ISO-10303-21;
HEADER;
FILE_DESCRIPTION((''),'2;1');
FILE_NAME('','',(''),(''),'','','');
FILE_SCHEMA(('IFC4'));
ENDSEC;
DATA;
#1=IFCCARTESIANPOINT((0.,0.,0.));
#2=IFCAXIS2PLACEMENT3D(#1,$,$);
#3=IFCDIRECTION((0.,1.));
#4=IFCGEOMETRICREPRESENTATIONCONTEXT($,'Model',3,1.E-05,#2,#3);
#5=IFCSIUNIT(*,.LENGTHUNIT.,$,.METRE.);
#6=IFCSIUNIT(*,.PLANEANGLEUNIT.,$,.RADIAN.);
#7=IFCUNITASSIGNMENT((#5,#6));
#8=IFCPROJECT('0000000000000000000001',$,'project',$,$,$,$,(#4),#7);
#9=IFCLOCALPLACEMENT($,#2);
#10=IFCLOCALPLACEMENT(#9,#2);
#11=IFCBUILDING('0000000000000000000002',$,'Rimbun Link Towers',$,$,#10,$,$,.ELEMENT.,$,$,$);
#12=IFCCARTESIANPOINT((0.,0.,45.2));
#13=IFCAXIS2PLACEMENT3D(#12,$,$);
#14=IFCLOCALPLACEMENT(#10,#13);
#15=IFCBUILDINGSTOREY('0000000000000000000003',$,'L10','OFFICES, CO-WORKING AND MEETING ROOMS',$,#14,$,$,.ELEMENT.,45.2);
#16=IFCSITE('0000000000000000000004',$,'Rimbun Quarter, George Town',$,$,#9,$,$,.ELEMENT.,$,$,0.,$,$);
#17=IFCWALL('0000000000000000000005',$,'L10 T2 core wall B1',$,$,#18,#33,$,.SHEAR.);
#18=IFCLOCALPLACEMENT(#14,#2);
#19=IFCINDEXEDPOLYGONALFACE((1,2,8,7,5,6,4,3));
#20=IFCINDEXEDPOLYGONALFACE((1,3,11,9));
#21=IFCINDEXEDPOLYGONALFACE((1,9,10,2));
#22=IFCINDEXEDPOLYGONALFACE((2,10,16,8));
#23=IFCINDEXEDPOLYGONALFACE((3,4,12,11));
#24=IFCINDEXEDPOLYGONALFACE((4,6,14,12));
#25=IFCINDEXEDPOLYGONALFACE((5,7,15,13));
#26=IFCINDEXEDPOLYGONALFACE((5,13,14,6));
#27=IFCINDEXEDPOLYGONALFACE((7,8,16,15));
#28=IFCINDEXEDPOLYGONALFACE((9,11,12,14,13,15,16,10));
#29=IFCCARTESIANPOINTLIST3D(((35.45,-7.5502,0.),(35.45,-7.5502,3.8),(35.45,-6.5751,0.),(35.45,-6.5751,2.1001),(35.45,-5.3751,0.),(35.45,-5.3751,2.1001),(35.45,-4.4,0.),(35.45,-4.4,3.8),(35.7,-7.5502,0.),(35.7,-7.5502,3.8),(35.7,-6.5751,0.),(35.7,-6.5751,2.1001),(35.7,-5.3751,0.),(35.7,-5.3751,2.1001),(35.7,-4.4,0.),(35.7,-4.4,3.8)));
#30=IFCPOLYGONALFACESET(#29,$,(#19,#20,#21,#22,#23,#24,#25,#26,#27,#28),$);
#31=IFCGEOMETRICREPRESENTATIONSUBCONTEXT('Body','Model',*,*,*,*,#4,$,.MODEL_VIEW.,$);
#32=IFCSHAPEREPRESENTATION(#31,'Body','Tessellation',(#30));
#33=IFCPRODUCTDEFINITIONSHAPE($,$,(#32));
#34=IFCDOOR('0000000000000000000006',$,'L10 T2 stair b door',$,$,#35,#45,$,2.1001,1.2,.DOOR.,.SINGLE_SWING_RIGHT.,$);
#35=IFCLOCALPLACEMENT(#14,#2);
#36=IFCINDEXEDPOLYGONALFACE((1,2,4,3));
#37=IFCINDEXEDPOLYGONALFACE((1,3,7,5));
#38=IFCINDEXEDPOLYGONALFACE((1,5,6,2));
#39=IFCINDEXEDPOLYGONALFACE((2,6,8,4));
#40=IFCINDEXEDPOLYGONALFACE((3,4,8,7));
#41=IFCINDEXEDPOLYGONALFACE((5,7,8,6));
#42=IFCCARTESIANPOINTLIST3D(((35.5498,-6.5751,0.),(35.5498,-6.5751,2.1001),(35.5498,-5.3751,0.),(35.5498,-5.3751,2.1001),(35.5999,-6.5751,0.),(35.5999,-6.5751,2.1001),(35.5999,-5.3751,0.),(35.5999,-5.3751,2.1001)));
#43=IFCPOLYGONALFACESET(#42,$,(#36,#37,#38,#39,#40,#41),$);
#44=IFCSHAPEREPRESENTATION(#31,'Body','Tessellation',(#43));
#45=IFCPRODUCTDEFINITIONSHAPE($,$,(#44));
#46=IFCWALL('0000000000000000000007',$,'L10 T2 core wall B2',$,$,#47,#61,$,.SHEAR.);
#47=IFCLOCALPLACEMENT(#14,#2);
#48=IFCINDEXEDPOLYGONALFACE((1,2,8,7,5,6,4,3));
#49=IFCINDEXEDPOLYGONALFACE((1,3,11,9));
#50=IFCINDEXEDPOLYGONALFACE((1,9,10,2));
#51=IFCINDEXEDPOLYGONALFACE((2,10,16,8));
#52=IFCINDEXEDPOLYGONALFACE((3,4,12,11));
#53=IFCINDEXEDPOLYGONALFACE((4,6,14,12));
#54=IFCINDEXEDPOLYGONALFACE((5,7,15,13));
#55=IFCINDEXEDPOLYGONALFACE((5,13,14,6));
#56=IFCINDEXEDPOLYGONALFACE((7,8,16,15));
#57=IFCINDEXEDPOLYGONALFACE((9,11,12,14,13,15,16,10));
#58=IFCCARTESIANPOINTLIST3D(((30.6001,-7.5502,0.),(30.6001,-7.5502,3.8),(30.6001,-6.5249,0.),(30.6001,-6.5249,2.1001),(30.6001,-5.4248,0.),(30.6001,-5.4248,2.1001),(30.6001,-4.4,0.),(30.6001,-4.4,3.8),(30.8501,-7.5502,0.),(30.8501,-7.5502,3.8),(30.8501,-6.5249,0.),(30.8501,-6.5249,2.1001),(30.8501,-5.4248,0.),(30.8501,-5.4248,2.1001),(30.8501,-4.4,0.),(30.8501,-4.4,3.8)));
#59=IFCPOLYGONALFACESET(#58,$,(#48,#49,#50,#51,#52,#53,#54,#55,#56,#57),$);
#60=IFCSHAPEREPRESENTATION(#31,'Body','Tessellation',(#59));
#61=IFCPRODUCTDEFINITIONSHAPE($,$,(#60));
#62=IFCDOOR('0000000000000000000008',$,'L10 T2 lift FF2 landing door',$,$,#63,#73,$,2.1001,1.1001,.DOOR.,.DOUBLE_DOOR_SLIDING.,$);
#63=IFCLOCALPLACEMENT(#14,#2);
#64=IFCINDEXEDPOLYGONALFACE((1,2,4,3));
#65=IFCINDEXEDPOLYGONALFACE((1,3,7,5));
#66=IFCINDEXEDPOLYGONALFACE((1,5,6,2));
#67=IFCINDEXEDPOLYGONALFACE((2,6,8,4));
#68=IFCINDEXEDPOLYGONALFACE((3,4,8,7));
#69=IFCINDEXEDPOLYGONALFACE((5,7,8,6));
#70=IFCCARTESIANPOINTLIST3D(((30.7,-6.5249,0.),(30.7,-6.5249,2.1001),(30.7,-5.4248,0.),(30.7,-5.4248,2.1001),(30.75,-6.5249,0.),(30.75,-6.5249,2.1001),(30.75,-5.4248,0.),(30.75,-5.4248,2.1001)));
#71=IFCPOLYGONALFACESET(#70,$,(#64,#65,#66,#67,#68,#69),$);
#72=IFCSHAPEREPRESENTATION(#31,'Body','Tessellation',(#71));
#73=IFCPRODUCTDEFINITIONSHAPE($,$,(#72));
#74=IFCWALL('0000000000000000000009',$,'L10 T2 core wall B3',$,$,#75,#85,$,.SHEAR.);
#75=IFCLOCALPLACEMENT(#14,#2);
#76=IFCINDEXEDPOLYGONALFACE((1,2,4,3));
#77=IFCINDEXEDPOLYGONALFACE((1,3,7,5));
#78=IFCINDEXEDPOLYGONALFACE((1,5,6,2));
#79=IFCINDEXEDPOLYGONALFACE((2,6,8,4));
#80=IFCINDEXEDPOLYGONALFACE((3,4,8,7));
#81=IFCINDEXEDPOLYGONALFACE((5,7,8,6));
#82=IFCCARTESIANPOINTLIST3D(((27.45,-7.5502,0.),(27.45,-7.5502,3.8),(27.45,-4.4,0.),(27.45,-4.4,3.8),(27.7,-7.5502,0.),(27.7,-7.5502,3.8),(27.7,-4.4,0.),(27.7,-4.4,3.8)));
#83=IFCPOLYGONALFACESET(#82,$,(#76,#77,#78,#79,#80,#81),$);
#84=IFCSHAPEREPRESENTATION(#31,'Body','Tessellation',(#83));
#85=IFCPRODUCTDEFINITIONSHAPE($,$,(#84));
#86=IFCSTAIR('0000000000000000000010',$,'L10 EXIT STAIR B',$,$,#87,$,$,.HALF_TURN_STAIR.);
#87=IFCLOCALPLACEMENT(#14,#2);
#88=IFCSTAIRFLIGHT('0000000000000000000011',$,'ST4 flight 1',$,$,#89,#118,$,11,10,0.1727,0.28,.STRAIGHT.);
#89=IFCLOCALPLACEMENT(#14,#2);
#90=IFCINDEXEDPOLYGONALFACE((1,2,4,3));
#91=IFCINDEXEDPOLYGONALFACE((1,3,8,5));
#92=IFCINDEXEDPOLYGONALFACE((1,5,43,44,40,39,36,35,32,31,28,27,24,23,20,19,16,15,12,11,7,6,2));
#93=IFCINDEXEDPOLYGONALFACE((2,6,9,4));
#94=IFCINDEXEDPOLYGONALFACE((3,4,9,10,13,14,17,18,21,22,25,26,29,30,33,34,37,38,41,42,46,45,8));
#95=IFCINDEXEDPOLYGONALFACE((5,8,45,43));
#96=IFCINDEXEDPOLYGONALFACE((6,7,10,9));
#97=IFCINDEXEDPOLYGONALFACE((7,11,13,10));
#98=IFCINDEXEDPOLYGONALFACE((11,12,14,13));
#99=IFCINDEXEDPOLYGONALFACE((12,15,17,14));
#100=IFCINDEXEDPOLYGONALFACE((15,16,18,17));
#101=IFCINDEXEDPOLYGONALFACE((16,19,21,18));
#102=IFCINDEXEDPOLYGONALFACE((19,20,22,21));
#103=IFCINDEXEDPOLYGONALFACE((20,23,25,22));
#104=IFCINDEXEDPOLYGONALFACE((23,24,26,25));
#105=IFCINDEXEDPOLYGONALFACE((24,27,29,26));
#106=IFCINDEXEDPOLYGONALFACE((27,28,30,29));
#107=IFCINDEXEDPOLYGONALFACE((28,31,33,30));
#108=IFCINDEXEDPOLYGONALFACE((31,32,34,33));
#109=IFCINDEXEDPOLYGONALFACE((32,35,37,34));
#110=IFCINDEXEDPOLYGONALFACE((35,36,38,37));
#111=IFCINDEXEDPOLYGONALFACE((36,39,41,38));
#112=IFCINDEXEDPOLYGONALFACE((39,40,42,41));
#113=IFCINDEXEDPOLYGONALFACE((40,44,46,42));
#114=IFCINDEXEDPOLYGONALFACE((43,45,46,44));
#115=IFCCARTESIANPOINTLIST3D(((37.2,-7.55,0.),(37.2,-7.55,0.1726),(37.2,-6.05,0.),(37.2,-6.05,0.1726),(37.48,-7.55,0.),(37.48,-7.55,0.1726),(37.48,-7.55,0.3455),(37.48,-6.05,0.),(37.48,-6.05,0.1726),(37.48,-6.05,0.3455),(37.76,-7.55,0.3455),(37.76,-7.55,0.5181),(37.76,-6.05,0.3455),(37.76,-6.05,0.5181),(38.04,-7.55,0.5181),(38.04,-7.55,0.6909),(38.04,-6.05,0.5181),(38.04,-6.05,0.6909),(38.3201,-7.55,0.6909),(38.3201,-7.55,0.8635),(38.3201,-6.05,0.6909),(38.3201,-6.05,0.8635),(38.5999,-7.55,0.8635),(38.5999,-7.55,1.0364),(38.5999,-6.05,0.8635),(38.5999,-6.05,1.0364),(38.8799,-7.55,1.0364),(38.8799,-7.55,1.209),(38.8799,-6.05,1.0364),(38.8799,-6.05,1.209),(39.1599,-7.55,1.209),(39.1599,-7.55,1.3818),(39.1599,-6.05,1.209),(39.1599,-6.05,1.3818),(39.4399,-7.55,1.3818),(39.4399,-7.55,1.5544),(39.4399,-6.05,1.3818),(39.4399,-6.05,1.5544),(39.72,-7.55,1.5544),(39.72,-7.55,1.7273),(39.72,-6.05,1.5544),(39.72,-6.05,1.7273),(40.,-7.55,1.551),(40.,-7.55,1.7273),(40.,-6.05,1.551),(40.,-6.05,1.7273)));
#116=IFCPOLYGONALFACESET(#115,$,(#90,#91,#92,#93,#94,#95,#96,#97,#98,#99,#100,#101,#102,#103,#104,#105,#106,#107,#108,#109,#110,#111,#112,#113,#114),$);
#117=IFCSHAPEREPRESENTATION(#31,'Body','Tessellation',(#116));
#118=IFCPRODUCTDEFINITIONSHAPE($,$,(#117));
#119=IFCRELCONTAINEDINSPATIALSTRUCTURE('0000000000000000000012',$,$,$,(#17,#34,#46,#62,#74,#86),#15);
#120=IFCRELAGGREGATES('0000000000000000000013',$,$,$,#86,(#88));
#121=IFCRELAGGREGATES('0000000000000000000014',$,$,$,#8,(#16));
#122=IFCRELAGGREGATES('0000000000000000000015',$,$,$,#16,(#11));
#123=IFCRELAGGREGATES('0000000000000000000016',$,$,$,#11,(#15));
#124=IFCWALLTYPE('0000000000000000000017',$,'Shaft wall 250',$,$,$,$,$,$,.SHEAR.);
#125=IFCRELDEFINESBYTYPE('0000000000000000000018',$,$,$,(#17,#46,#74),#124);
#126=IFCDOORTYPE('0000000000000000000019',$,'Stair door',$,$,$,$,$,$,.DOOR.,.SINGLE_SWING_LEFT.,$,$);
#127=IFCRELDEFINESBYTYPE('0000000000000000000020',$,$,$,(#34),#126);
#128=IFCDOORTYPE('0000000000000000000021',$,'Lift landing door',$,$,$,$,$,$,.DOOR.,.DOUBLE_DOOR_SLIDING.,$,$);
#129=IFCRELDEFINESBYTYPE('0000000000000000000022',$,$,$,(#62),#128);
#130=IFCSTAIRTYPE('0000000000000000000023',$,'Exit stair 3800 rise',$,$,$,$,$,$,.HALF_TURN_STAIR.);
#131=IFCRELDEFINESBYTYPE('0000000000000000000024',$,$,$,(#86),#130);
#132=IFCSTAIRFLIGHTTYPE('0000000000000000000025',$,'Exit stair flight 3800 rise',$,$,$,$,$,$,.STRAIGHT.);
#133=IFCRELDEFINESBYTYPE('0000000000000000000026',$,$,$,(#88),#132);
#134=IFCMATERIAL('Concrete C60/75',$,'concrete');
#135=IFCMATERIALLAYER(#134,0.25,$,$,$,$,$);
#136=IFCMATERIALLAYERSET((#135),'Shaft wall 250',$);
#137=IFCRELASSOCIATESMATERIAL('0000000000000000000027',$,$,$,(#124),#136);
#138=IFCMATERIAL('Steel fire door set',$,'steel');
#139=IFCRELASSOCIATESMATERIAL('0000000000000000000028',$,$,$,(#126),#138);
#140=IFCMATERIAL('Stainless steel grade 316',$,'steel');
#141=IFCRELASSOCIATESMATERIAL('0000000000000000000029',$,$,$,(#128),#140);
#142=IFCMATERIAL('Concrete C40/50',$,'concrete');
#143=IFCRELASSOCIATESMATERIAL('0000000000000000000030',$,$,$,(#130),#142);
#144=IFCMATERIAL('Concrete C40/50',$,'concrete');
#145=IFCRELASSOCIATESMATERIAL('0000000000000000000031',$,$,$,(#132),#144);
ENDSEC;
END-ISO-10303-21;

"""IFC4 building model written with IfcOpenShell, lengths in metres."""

from ifc_helpers import new_model, si_unit, direction, frame, frame_2d, origin, place, context, subcontext, project, spatial, polyline, rectangle, outline, extrude, material, layer, layer_set, type_object, element, fill, aggregate, save


model = new_model("IFC4")

# Units and contexts
model_context = context("Model", 3, precision=1e-05, world=origin(), true_north=direction((0.0, 1.0)))
body_context = subcontext(model_context, "Body", "Model", "MODEL_VIEW")
ifc_project = project(units=[si_unit("LENGTHUNIT", "METRE"), si_unit("PLANEANGLEUNIT", "RADIAN")], contexts=[model_context])

# Site, building, storey
site_placement = place(None, origin())
site = spatial("IfcSite", under=ifc_project, at=site_placement, Name="Rimbun Quarter, George Town", CompositionType="ELEMENT", RefElevation=0.0)
building_placement = place(site_placement, origin())
building = spatial("IfcBuilding", under=site, at=building_placement, Name="Rimbun Link Towers", CompositionType="ELEMENT")
storey_placement = place(building_placement, frame((0.0, 0.0, 45.2)))
storey = spatial("IfcBuildingStorey", under=building, at=storey_placement, Name="L10", Description="OFFICES, CO-WORKING AND MEETING ROOMS", CompositionType="ELEMENT", Elevation=45.2)

# Shared definitions
ifc_material_1 = material(Name="Concrete C60/75", Category="concrete")
ifc_layer = layer(ifc_material_1, 0.25)
ifc_layer_set = layer_set([ifc_layer], Name="Shaft wall 250")
wall_type = type_object("IfcWallType", Name="Shaft wall 250", PredefinedType="SHEAR", material=ifc_layer_set)

# Walls, openings, doors
wall_1_placement = place(storey_placement, frame((35.575, -4.3999, 0.0), z_axis=(0.0, 0.0, 1.0), x_axis=(0.0, -1.0, 0.0)))
wall_1 = element("IfcWall", 1, at=wall_1_placement, inside=storey, type_object=wall_type, Name="L10 T2 core wall B1", PredefinedType="SHEAR", context=body_context, shape_type="SweptSolid", body=[
    extrude(rectangle(XDim=3.1501, YDim=0.25, at=frame_2d((1.5752, 0.0))), origin(), (0.0, 0.0, 1.0), 3.8),
])
opening_1_placement = place(wall_1_placement, frame((0.9751, 0.0, 0.0)))
opening_1 = element("IfcOpeningElement", 2, at=opening_1_placement, cuts=wall_1, PredefinedType="OPENING", context=body_context, shape_type="SweptSolid", body=[
    extrude(rectangle(XDim=1.2, YDim=2.1001, at=frame_2d((0.6001, 1.05))), frame((0.0, 0.135, 0.0), z_axis=(0.0, -1.0, 0.0), x_axis=(1.0, 0.0, 0.0)), (0.0, 0.0, 1.0), 0.27),
])
ifc_material_2 = material(Name="Steel fire door set", Category="steel")
door_type_1 = type_object("IfcDoorType", Name="Stair door", OperationType="SINGLE_SWING_LEFT", PredefinedType="DOOR", material=ifc_material_2)
door_1_placement = place(opening_1_placement, origin())
door_1 = element("IfcDoor", 3, at=door_1_placement, inside=storey, type_object=door_type_1, Name="L10 T2 stair b door", OperationType="SINGLE_SWING_RIGHT", OverallHeight=2.1001, OverallWidth=1.2, PredefinedType="DOOR", context=body_context, shape_type="SweptSolid", body=[
    extrude(rectangle(XDim=1.2, YDim=2.1001, at=frame_2d((0.6001, 1.05))), frame((0.0, 0.0249, 0.0), z_axis=(0.0, -1.0, 0.0), x_axis=(1.0, 0.0, 0.0)), (0.0, 0.0, 1.0), 0.05),
])
fill(opening_1, door_1)
wall_2_placement = place(storey_placement, frame((30.7251, -4.3999, 0.0), z_axis=(0.0, 0.0, 1.0), x_axis=(0.0, -1.0, 0.0)))
wall_2 = element("IfcWall", 4, at=wall_2_placement, inside=storey, type_object=wall_type, Name="L10 T2 core wall B2", PredefinedType="SHEAR", context=body_context, shape_type="SweptSolid", body=[
    extrude(rectangle(XDim=3.1501, YDim=0.25, at=frame_2d((1.5752, 0.0))), origin(), (0.0, 0.0, 1.0), 3.8),
])
opening_2_placement = place(wall_2_placement, frame((1.0249, 0.0, 0.0)))
opening_2 = element("IfcOpeningElement", 5, at=opening_2_placement, cuts=wall_2, PredefinedType="OPENING", context=body_context, shape_type="SweptSolid", body=[
    extrude(rectangle(XDim=1.1001, YDim=2.1001, at=frame_2d((0.55, 1.05))), frame((0.0, 0.135, 0.0), z_axis=(0.0, -1.0, 0.0), x_axis=(1.0, 0.0, 0.0)), (0.0, 0.0, 1.0), 0.27),
])
ifc_material_3 = material(Name="Stainless steel grade 316", Category="steel")
door_type_2 = type_object("IfcDoorType", Name="Lift landing door", OperationType="DOUBLE_DOOR_SLIDING", PredefinedType="DOOR", material=ifc_material_3)
door_2_placement = place(opening_2_placement, origin())
door_2 = element("IfcDoor", 6, at=door_2_placement, inside=storey, type_object=door_type_2, Name="L10 T2 lift FF2 landing door", OperationType="DOUBLE_DOOR_SLIDING", OverallHeight=2.1001, OverallWidth=1.1001, PredefinedType="DOOR", context=body_context, shape_type="SweptSolid", body=[
    extrude(rectangle(XDim=1.1001, YDim=2.1001, at=frame_2d((0.55, 1.05))), frame((0.0, 0.0249, 0.0), z_axis=(0.0, -1.0, 0.0), x_axis=(1.0, 0.0, 0.0)), (0.0, 0.0, 1.0), 0.05),
])
fill(opening_2, door_2)

# Wall
wall_3_placement = place(storey_placement, frame((27.575, -4.3999, 0.0), z_axis=(0.0, 0.0, 1.0), x_axis=(0.0, -1.0, 0.0)))
element("IfcWall", 7, at=wall_3_placement, inside=storey, type_object=wall_type, Name="L10 T2 core wall B3", PredefinedType="SHEAR", context=body_context, shape_type="SweptSolid", body=[
    extrude(rectangle(XDim=3.1501, YDim=0.25, at=frame_2d((1.5752, 0.0))), origin(), (0.0, 0.0, 1.0), 3.8),
])

# Stair, stair flight
ifc_material_4 = material(Name="Concrete C40/50", Category="concrete")
stair_type = type_object("IfcStairType", Name="Exit stair 3800 rise", PredefinedType="HALF_TURN_STAIR", material=ifc_material_4)
stair_placement = place(storey_placement, origin())
stair = element("IfcStair", 8, at=stair_placement, inside=storey, type_object=stair_type, Name="L10 EXIT STAIR B", PredefinedType="HALF_TURN_STAIR")
ifc_material_5 = material(Name="Concrete C40/50", Category="concrete")
stair_flight_type = type_object("IfcStairFlightType", Name="Exit stair flight 3800 rise", PredefinedType="STRAIGHT", material=ifc_material_5)
stair_flight_placement = place(storey_placement, frame((37.2, -6.8, 0.0), z_axis=(0.0, 0.0, 1.0), x_axis=(1.0, 0.0, 0.0)))
stair_flight = element("IfcStairFlight", 9, at=stair_flight_placement, type_object=stair_flight_type, Name="ST4 flight 1", NumberOfRisers=11, NumberOfTreads=10, PredefinedType="STRAIGHT", RiserHeight=0.1727, TreadLength=0.28, context=body_context, shape_type="SweptSolid", body=[
    extrude(outline(polyline([(0.0, 0.0), (0.0, 0.1726), (0.28, 0.1726), (0.28, 0.3455), (0.5601, 0.3455), (0.5601, 0.5181), (0.8401, 0.5181), (0.8401, 0.6909), (1.1201, 0.6909), (1.1201, 0.8635), (1.3999, 0.8635), (1.3999, 1.0364), (1.6799, 1.0364), (1.6799, 1.209), (1.96, 1.209), (1.96, 1.3818), (2.24, 1.3818), (2.24, 1.5544), (2.52, 1.5544), (2.52, 1.7273), (2.8, 1.7273), (2.8, 1.8999), (2.8, 1.551), (0.28, 0.0), (0.0, 0.0)])), frame((0.0, 0.75, 0.0), z_axis=(0.0, -1.0, 0.0), x_axis=(1.0, 0.0, 0.0)), (0.0, 0.0, 1.0), 1.5),
])
aggregate(stair, [stair_flight])

save(model, "model.ifc")
